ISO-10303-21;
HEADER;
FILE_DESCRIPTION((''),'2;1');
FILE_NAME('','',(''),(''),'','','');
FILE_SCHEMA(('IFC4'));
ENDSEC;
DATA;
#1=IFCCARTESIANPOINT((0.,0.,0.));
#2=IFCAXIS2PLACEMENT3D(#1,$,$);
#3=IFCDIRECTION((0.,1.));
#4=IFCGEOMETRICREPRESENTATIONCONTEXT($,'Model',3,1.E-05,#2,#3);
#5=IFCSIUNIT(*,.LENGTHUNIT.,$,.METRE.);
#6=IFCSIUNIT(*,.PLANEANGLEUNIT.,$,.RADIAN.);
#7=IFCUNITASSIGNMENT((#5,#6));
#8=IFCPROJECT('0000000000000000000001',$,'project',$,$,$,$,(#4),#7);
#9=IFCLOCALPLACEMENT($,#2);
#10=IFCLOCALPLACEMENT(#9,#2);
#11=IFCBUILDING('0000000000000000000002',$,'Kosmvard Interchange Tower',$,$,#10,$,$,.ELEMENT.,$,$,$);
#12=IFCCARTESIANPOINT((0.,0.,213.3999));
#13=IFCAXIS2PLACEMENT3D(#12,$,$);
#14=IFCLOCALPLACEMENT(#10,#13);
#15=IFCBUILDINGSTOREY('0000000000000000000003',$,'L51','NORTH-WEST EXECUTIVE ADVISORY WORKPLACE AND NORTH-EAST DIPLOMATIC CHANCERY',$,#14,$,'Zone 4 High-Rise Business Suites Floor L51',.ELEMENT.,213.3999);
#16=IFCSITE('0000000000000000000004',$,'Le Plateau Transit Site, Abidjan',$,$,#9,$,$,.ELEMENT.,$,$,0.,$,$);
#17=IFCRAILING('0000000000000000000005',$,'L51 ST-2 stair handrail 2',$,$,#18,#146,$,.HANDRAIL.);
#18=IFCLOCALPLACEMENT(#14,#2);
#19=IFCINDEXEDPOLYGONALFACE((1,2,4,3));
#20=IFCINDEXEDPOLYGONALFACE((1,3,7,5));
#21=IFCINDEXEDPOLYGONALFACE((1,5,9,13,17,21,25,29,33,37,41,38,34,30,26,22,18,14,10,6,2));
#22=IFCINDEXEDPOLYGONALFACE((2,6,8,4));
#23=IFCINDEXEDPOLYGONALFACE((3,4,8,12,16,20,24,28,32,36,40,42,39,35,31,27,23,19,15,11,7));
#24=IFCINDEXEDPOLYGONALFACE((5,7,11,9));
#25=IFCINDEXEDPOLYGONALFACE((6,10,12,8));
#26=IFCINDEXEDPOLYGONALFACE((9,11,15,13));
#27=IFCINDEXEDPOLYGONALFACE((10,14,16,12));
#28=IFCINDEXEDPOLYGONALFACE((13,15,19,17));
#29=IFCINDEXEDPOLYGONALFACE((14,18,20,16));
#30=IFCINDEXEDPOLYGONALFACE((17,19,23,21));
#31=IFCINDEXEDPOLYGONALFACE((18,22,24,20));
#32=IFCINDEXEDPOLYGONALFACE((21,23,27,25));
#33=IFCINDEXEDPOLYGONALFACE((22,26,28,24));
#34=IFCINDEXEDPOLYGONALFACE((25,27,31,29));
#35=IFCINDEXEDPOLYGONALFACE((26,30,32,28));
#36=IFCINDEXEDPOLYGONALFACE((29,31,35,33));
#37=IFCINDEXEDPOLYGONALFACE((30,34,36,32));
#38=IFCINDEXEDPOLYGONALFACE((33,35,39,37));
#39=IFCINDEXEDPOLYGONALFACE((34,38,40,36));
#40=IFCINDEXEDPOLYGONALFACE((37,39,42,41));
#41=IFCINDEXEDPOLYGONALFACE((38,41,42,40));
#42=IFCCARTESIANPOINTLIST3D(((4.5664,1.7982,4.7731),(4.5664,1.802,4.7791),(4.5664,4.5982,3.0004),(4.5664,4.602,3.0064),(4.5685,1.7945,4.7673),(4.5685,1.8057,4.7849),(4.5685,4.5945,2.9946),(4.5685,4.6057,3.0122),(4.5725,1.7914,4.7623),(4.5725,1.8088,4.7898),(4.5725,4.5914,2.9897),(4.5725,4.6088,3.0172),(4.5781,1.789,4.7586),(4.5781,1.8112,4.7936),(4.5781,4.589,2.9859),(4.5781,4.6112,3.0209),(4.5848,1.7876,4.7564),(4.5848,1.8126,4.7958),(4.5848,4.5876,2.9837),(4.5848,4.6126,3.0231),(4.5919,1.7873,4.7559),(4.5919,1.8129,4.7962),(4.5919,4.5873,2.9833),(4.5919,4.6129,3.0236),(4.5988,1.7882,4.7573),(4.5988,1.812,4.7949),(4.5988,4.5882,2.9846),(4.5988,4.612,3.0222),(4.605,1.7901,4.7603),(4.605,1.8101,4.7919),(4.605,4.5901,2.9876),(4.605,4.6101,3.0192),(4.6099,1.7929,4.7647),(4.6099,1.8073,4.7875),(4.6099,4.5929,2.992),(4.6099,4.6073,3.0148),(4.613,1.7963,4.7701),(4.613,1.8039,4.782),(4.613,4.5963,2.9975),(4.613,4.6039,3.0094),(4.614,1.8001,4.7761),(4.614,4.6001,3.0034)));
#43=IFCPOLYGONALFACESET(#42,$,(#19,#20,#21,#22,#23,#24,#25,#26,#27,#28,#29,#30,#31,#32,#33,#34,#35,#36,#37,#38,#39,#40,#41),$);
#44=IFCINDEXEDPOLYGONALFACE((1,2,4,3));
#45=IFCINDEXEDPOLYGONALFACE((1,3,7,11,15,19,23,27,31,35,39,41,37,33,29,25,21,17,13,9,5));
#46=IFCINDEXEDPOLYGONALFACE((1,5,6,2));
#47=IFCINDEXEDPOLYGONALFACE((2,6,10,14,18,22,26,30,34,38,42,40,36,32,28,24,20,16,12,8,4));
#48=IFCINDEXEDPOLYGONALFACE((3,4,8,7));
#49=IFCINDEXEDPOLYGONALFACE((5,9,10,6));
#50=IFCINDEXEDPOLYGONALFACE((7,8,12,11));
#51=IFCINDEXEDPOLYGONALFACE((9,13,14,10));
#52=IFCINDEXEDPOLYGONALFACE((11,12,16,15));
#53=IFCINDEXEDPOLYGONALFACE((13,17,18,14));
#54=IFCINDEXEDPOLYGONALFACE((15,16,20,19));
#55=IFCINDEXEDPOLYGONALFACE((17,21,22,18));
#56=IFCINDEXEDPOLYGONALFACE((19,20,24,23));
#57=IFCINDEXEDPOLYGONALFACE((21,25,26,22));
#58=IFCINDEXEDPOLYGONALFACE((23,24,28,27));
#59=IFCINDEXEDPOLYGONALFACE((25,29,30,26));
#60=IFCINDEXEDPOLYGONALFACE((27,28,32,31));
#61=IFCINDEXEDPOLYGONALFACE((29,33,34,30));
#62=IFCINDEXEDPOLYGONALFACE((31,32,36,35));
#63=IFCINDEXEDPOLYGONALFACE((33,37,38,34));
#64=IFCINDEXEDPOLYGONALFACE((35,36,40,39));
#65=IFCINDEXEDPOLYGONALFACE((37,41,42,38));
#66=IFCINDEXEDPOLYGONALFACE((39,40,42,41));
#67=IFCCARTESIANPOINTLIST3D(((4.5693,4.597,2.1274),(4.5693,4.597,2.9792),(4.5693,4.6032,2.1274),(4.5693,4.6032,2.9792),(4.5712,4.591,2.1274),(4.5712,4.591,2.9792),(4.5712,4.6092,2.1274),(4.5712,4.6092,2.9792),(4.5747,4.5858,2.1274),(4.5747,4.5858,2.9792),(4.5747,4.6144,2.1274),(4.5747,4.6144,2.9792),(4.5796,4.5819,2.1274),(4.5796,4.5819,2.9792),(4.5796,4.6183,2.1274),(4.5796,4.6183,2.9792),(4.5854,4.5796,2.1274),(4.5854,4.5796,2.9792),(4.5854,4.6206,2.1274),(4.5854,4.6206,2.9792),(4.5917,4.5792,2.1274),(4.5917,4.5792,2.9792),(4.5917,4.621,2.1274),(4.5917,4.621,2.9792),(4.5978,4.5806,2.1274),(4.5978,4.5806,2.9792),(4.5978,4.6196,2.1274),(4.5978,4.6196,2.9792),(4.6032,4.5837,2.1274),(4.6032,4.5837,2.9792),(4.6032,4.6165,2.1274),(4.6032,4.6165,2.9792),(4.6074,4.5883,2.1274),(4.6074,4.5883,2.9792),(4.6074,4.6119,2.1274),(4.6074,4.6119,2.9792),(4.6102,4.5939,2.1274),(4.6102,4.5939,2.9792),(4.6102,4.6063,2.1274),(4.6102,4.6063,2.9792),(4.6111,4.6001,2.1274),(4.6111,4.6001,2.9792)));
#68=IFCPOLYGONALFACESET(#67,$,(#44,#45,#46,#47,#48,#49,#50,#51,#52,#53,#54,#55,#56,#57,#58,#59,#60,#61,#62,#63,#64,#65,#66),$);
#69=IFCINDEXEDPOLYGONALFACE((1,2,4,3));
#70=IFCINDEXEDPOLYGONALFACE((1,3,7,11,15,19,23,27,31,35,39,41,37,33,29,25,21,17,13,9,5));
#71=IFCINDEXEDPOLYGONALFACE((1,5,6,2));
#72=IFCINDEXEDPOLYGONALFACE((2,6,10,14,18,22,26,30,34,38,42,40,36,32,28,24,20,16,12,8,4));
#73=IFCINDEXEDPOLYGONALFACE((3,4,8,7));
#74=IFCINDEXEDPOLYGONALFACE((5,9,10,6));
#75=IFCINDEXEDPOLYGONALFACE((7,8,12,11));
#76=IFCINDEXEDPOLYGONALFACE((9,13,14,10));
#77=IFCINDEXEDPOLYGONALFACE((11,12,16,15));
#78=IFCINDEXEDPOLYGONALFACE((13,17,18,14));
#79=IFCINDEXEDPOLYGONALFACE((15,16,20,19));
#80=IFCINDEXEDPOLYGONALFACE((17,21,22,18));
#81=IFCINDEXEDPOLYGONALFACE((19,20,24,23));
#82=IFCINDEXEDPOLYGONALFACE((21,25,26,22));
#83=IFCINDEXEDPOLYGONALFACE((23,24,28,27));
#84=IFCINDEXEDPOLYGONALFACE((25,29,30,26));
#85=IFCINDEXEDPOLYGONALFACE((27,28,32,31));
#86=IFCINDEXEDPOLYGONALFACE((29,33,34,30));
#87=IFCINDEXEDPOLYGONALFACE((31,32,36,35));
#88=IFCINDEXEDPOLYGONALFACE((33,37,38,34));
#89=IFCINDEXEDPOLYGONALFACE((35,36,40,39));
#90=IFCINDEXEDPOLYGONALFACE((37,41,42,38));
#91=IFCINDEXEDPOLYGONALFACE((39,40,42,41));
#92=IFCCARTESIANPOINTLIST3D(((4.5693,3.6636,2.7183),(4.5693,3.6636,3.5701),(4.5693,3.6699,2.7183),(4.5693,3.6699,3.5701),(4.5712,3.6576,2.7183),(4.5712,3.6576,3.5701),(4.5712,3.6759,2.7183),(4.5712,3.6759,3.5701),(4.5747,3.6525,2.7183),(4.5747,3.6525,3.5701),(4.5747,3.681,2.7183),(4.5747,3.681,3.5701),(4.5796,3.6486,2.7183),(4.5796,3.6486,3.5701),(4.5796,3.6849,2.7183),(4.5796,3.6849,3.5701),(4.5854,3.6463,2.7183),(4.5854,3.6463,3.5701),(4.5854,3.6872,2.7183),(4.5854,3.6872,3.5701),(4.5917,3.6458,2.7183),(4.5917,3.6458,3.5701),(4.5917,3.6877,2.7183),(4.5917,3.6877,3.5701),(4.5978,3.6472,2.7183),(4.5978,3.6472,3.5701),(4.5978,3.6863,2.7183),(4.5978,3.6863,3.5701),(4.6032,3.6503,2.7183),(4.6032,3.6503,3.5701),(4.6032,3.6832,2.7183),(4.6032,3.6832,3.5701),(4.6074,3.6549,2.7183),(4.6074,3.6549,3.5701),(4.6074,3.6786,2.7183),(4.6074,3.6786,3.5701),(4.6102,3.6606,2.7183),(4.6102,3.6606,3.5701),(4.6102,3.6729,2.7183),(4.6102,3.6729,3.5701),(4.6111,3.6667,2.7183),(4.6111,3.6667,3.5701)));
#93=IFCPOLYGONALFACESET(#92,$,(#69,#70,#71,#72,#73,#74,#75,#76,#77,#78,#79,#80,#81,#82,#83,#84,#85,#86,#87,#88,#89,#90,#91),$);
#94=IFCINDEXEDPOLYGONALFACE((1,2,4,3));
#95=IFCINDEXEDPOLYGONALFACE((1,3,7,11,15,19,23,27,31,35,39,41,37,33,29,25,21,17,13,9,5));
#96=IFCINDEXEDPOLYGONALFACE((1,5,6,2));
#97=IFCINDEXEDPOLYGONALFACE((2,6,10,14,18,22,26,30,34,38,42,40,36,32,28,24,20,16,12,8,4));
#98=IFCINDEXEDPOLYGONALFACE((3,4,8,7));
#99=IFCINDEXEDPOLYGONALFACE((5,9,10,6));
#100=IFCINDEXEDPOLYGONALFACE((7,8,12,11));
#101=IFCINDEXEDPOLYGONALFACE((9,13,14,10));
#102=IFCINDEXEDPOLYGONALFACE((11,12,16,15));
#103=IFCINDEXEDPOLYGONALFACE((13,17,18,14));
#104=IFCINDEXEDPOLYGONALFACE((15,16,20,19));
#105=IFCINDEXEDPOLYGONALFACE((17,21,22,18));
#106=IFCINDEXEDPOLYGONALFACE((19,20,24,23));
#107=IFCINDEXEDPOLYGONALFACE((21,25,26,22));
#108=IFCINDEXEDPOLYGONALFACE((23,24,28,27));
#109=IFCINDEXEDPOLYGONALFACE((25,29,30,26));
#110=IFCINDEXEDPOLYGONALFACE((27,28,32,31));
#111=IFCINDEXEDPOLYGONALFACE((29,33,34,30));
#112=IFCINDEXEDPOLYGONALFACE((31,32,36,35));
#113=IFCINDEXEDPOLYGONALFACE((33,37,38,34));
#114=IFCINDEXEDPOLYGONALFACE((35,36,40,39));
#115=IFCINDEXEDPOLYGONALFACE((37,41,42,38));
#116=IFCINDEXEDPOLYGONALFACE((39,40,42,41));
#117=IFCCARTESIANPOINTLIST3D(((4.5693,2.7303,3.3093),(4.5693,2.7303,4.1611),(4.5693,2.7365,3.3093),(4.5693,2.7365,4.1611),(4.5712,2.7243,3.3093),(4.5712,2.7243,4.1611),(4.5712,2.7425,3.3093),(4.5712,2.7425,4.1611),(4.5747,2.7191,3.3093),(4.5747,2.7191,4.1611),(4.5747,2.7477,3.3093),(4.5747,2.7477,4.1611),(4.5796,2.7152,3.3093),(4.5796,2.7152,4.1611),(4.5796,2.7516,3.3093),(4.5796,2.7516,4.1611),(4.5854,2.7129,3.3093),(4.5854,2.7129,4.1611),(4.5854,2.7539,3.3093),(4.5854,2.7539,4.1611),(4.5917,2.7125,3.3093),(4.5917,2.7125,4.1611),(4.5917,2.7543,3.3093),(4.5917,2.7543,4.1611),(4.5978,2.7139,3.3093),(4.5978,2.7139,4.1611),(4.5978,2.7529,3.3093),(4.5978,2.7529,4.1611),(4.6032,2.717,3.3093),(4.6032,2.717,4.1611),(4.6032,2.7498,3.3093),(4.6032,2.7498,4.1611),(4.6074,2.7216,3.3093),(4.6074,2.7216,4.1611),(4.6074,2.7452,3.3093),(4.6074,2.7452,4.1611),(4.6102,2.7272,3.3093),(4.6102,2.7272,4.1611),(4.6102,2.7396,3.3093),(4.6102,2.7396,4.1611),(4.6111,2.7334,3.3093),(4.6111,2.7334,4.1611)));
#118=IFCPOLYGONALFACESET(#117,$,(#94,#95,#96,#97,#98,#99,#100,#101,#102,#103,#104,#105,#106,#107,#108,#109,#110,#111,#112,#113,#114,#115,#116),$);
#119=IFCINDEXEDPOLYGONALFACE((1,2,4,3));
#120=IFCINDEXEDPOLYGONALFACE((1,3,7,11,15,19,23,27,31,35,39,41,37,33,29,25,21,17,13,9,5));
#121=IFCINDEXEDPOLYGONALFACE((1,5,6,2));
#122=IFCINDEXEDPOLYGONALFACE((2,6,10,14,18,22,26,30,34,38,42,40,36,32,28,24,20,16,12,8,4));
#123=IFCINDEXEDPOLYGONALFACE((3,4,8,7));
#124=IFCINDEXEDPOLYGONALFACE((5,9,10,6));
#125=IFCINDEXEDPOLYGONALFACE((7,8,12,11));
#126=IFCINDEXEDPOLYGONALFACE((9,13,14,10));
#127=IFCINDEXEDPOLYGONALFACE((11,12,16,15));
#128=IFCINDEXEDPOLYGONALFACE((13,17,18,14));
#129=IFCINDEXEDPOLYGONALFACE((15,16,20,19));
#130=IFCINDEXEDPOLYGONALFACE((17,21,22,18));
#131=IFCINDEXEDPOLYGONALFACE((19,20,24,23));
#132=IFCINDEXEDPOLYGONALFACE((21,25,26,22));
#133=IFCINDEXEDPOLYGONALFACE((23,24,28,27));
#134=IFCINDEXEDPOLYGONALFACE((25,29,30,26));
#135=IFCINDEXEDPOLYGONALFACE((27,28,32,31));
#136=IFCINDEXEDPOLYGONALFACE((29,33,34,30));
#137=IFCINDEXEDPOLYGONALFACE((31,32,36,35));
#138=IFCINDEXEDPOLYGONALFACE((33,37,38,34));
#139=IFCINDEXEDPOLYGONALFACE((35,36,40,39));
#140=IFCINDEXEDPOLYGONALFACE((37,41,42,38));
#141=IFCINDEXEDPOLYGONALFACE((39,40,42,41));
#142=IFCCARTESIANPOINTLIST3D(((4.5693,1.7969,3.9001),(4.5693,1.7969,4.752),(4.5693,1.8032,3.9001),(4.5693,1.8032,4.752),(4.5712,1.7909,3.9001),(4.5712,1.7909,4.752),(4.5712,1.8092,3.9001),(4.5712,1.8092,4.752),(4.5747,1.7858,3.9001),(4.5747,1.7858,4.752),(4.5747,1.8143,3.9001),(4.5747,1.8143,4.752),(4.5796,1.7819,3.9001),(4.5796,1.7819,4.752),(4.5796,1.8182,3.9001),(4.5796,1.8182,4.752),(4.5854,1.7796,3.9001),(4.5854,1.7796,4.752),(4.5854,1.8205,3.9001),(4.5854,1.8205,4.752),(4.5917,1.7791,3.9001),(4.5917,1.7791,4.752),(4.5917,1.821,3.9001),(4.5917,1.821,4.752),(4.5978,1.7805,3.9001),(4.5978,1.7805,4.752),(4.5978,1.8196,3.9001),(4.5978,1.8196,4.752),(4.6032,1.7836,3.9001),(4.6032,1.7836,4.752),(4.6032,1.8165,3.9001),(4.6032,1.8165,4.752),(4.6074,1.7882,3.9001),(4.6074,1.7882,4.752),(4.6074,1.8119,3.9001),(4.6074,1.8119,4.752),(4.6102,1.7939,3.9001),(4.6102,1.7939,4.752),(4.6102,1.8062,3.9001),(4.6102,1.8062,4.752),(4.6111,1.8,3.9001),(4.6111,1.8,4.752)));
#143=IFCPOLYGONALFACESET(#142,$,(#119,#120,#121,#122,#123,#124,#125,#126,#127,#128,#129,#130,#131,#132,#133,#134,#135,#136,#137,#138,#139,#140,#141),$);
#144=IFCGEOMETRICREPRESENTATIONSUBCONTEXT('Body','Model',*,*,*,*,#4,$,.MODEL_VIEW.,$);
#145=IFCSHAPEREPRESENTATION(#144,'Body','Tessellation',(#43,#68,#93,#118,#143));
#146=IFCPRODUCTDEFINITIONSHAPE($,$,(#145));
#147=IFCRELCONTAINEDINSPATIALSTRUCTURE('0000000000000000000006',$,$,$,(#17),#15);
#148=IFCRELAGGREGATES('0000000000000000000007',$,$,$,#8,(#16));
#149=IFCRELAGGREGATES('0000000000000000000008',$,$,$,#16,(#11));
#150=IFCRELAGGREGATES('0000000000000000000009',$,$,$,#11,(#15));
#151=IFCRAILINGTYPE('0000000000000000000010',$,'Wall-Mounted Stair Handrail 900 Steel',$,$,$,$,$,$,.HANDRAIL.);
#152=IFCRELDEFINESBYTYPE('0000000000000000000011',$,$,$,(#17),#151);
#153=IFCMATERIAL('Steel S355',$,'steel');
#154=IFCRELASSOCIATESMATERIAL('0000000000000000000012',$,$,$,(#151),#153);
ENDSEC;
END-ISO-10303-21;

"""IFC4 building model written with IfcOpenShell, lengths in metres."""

from ifc_helpers import new_model, si_unit, direction, frame, origin, origin_2d, place, context, subcontext, project, spatial, circle, extrude, source, transform, mapped, material, type_object, element, save


model = new_model("IFC4")

# Units and contexts
model_context = context("Model", 3, precision=1e-05, world=origin(), true_north=direction((0.0, 1.0)))
body_context = subcontext(model_context, "Body", "Model", "MODEL_VIEW")
ifc_project = project(units=[si_unit("LENGTHUNIT", "METRE"), si_unit("PLANEANGLEUNIT", "RADIAN")], contexts=[model_context])

# Site, building, storey
site_placement = place(None, origin())
site = spatial("IfcSite", under=ifc_project, at=site_placement, Name="Le Plateau Transit Site, Abidjan", CompositionType="ELEMENT", RefElevation=0.0)
building_placement = place(site_placement, origin())
building = spatial("IfcBuilding", under=site, at=building_placement, Name="Kosmvard Interchange Tower", CompositionType="ELEMENT")
storey_placement = place(building_placement, frame((0.0, 0.0, 213.3999)))
storey = spatial("IfcBuildingStorey", under=building, at=storey_placement, Name="L51", Description="NORTH-WEST EXECUTIVE ADVISORY WORKPLACE AND NORTH-EAST DIPLOMATIC CHANCERY", LongName="Zone 4 High-Rise Business Suites Floor L51", CompositionType="ELEMENT", Elevation=213.3999)

# Railing
ifc_material_1 = material(Name="Steel S355", Category="steel")
railing_type_1 = type_object("IfcRailingType", Name="Wall-Mounted Stair Handrail 900 Steel", PredefinedType="HANDRAIL", material=ifc_material_1)
shared_shape_1 = source(origin(), body_context, "Body", "SweptSolid", [
    extrude(circle(Radius=0.0239, at=origin_2d()), frame((0.0, 0.0, 0.876), z_axis=(0.0, -0.844909, 0.53491), x_axis=(1.0, 0.0, 0.0)), (0.0, 0.0, 1.0), 3.314),
    extrude(circle(Radius=0.021, at=origin_2d()), origin(), (0.0, 0.0, 1.0), 0.8518),
    extrude(circle(Radius=0.021, at=origin_2d()), frame((0.0, -0.9333, 0.5908)), (0.0, 0.0, 1.0), 0.8518),
    extrude(circle(Radius=0.021, at=origin_2d()), frame((0.0, -1.8667, 1.1819)), (0.0, 0.0, 1.0), 0.8518),
    extrude(circle(Radius=0.021, at=origin_2d()), frame((0.0, -2.8, 1.7727)), (0.0, 0.0, 1.0), 0.8518),
])
railing_1_placement = place(storey_placement, frame((4.5901, 4.6001, 2.1274)))
element("IfcRailing", 1, at=railing_1_placement, inside=storey, type_object=railing_type_1, Name="L51 ST-2 stair handrail 2", PredefinedType="HANDRAIL", context=body_context, shape_type="MappedRepresentation", body=[
    mapped(shared_shape_1, transform((0.0, 0.0, 0.0), scale=1.0)),
])

save(model, "model.ifc")
